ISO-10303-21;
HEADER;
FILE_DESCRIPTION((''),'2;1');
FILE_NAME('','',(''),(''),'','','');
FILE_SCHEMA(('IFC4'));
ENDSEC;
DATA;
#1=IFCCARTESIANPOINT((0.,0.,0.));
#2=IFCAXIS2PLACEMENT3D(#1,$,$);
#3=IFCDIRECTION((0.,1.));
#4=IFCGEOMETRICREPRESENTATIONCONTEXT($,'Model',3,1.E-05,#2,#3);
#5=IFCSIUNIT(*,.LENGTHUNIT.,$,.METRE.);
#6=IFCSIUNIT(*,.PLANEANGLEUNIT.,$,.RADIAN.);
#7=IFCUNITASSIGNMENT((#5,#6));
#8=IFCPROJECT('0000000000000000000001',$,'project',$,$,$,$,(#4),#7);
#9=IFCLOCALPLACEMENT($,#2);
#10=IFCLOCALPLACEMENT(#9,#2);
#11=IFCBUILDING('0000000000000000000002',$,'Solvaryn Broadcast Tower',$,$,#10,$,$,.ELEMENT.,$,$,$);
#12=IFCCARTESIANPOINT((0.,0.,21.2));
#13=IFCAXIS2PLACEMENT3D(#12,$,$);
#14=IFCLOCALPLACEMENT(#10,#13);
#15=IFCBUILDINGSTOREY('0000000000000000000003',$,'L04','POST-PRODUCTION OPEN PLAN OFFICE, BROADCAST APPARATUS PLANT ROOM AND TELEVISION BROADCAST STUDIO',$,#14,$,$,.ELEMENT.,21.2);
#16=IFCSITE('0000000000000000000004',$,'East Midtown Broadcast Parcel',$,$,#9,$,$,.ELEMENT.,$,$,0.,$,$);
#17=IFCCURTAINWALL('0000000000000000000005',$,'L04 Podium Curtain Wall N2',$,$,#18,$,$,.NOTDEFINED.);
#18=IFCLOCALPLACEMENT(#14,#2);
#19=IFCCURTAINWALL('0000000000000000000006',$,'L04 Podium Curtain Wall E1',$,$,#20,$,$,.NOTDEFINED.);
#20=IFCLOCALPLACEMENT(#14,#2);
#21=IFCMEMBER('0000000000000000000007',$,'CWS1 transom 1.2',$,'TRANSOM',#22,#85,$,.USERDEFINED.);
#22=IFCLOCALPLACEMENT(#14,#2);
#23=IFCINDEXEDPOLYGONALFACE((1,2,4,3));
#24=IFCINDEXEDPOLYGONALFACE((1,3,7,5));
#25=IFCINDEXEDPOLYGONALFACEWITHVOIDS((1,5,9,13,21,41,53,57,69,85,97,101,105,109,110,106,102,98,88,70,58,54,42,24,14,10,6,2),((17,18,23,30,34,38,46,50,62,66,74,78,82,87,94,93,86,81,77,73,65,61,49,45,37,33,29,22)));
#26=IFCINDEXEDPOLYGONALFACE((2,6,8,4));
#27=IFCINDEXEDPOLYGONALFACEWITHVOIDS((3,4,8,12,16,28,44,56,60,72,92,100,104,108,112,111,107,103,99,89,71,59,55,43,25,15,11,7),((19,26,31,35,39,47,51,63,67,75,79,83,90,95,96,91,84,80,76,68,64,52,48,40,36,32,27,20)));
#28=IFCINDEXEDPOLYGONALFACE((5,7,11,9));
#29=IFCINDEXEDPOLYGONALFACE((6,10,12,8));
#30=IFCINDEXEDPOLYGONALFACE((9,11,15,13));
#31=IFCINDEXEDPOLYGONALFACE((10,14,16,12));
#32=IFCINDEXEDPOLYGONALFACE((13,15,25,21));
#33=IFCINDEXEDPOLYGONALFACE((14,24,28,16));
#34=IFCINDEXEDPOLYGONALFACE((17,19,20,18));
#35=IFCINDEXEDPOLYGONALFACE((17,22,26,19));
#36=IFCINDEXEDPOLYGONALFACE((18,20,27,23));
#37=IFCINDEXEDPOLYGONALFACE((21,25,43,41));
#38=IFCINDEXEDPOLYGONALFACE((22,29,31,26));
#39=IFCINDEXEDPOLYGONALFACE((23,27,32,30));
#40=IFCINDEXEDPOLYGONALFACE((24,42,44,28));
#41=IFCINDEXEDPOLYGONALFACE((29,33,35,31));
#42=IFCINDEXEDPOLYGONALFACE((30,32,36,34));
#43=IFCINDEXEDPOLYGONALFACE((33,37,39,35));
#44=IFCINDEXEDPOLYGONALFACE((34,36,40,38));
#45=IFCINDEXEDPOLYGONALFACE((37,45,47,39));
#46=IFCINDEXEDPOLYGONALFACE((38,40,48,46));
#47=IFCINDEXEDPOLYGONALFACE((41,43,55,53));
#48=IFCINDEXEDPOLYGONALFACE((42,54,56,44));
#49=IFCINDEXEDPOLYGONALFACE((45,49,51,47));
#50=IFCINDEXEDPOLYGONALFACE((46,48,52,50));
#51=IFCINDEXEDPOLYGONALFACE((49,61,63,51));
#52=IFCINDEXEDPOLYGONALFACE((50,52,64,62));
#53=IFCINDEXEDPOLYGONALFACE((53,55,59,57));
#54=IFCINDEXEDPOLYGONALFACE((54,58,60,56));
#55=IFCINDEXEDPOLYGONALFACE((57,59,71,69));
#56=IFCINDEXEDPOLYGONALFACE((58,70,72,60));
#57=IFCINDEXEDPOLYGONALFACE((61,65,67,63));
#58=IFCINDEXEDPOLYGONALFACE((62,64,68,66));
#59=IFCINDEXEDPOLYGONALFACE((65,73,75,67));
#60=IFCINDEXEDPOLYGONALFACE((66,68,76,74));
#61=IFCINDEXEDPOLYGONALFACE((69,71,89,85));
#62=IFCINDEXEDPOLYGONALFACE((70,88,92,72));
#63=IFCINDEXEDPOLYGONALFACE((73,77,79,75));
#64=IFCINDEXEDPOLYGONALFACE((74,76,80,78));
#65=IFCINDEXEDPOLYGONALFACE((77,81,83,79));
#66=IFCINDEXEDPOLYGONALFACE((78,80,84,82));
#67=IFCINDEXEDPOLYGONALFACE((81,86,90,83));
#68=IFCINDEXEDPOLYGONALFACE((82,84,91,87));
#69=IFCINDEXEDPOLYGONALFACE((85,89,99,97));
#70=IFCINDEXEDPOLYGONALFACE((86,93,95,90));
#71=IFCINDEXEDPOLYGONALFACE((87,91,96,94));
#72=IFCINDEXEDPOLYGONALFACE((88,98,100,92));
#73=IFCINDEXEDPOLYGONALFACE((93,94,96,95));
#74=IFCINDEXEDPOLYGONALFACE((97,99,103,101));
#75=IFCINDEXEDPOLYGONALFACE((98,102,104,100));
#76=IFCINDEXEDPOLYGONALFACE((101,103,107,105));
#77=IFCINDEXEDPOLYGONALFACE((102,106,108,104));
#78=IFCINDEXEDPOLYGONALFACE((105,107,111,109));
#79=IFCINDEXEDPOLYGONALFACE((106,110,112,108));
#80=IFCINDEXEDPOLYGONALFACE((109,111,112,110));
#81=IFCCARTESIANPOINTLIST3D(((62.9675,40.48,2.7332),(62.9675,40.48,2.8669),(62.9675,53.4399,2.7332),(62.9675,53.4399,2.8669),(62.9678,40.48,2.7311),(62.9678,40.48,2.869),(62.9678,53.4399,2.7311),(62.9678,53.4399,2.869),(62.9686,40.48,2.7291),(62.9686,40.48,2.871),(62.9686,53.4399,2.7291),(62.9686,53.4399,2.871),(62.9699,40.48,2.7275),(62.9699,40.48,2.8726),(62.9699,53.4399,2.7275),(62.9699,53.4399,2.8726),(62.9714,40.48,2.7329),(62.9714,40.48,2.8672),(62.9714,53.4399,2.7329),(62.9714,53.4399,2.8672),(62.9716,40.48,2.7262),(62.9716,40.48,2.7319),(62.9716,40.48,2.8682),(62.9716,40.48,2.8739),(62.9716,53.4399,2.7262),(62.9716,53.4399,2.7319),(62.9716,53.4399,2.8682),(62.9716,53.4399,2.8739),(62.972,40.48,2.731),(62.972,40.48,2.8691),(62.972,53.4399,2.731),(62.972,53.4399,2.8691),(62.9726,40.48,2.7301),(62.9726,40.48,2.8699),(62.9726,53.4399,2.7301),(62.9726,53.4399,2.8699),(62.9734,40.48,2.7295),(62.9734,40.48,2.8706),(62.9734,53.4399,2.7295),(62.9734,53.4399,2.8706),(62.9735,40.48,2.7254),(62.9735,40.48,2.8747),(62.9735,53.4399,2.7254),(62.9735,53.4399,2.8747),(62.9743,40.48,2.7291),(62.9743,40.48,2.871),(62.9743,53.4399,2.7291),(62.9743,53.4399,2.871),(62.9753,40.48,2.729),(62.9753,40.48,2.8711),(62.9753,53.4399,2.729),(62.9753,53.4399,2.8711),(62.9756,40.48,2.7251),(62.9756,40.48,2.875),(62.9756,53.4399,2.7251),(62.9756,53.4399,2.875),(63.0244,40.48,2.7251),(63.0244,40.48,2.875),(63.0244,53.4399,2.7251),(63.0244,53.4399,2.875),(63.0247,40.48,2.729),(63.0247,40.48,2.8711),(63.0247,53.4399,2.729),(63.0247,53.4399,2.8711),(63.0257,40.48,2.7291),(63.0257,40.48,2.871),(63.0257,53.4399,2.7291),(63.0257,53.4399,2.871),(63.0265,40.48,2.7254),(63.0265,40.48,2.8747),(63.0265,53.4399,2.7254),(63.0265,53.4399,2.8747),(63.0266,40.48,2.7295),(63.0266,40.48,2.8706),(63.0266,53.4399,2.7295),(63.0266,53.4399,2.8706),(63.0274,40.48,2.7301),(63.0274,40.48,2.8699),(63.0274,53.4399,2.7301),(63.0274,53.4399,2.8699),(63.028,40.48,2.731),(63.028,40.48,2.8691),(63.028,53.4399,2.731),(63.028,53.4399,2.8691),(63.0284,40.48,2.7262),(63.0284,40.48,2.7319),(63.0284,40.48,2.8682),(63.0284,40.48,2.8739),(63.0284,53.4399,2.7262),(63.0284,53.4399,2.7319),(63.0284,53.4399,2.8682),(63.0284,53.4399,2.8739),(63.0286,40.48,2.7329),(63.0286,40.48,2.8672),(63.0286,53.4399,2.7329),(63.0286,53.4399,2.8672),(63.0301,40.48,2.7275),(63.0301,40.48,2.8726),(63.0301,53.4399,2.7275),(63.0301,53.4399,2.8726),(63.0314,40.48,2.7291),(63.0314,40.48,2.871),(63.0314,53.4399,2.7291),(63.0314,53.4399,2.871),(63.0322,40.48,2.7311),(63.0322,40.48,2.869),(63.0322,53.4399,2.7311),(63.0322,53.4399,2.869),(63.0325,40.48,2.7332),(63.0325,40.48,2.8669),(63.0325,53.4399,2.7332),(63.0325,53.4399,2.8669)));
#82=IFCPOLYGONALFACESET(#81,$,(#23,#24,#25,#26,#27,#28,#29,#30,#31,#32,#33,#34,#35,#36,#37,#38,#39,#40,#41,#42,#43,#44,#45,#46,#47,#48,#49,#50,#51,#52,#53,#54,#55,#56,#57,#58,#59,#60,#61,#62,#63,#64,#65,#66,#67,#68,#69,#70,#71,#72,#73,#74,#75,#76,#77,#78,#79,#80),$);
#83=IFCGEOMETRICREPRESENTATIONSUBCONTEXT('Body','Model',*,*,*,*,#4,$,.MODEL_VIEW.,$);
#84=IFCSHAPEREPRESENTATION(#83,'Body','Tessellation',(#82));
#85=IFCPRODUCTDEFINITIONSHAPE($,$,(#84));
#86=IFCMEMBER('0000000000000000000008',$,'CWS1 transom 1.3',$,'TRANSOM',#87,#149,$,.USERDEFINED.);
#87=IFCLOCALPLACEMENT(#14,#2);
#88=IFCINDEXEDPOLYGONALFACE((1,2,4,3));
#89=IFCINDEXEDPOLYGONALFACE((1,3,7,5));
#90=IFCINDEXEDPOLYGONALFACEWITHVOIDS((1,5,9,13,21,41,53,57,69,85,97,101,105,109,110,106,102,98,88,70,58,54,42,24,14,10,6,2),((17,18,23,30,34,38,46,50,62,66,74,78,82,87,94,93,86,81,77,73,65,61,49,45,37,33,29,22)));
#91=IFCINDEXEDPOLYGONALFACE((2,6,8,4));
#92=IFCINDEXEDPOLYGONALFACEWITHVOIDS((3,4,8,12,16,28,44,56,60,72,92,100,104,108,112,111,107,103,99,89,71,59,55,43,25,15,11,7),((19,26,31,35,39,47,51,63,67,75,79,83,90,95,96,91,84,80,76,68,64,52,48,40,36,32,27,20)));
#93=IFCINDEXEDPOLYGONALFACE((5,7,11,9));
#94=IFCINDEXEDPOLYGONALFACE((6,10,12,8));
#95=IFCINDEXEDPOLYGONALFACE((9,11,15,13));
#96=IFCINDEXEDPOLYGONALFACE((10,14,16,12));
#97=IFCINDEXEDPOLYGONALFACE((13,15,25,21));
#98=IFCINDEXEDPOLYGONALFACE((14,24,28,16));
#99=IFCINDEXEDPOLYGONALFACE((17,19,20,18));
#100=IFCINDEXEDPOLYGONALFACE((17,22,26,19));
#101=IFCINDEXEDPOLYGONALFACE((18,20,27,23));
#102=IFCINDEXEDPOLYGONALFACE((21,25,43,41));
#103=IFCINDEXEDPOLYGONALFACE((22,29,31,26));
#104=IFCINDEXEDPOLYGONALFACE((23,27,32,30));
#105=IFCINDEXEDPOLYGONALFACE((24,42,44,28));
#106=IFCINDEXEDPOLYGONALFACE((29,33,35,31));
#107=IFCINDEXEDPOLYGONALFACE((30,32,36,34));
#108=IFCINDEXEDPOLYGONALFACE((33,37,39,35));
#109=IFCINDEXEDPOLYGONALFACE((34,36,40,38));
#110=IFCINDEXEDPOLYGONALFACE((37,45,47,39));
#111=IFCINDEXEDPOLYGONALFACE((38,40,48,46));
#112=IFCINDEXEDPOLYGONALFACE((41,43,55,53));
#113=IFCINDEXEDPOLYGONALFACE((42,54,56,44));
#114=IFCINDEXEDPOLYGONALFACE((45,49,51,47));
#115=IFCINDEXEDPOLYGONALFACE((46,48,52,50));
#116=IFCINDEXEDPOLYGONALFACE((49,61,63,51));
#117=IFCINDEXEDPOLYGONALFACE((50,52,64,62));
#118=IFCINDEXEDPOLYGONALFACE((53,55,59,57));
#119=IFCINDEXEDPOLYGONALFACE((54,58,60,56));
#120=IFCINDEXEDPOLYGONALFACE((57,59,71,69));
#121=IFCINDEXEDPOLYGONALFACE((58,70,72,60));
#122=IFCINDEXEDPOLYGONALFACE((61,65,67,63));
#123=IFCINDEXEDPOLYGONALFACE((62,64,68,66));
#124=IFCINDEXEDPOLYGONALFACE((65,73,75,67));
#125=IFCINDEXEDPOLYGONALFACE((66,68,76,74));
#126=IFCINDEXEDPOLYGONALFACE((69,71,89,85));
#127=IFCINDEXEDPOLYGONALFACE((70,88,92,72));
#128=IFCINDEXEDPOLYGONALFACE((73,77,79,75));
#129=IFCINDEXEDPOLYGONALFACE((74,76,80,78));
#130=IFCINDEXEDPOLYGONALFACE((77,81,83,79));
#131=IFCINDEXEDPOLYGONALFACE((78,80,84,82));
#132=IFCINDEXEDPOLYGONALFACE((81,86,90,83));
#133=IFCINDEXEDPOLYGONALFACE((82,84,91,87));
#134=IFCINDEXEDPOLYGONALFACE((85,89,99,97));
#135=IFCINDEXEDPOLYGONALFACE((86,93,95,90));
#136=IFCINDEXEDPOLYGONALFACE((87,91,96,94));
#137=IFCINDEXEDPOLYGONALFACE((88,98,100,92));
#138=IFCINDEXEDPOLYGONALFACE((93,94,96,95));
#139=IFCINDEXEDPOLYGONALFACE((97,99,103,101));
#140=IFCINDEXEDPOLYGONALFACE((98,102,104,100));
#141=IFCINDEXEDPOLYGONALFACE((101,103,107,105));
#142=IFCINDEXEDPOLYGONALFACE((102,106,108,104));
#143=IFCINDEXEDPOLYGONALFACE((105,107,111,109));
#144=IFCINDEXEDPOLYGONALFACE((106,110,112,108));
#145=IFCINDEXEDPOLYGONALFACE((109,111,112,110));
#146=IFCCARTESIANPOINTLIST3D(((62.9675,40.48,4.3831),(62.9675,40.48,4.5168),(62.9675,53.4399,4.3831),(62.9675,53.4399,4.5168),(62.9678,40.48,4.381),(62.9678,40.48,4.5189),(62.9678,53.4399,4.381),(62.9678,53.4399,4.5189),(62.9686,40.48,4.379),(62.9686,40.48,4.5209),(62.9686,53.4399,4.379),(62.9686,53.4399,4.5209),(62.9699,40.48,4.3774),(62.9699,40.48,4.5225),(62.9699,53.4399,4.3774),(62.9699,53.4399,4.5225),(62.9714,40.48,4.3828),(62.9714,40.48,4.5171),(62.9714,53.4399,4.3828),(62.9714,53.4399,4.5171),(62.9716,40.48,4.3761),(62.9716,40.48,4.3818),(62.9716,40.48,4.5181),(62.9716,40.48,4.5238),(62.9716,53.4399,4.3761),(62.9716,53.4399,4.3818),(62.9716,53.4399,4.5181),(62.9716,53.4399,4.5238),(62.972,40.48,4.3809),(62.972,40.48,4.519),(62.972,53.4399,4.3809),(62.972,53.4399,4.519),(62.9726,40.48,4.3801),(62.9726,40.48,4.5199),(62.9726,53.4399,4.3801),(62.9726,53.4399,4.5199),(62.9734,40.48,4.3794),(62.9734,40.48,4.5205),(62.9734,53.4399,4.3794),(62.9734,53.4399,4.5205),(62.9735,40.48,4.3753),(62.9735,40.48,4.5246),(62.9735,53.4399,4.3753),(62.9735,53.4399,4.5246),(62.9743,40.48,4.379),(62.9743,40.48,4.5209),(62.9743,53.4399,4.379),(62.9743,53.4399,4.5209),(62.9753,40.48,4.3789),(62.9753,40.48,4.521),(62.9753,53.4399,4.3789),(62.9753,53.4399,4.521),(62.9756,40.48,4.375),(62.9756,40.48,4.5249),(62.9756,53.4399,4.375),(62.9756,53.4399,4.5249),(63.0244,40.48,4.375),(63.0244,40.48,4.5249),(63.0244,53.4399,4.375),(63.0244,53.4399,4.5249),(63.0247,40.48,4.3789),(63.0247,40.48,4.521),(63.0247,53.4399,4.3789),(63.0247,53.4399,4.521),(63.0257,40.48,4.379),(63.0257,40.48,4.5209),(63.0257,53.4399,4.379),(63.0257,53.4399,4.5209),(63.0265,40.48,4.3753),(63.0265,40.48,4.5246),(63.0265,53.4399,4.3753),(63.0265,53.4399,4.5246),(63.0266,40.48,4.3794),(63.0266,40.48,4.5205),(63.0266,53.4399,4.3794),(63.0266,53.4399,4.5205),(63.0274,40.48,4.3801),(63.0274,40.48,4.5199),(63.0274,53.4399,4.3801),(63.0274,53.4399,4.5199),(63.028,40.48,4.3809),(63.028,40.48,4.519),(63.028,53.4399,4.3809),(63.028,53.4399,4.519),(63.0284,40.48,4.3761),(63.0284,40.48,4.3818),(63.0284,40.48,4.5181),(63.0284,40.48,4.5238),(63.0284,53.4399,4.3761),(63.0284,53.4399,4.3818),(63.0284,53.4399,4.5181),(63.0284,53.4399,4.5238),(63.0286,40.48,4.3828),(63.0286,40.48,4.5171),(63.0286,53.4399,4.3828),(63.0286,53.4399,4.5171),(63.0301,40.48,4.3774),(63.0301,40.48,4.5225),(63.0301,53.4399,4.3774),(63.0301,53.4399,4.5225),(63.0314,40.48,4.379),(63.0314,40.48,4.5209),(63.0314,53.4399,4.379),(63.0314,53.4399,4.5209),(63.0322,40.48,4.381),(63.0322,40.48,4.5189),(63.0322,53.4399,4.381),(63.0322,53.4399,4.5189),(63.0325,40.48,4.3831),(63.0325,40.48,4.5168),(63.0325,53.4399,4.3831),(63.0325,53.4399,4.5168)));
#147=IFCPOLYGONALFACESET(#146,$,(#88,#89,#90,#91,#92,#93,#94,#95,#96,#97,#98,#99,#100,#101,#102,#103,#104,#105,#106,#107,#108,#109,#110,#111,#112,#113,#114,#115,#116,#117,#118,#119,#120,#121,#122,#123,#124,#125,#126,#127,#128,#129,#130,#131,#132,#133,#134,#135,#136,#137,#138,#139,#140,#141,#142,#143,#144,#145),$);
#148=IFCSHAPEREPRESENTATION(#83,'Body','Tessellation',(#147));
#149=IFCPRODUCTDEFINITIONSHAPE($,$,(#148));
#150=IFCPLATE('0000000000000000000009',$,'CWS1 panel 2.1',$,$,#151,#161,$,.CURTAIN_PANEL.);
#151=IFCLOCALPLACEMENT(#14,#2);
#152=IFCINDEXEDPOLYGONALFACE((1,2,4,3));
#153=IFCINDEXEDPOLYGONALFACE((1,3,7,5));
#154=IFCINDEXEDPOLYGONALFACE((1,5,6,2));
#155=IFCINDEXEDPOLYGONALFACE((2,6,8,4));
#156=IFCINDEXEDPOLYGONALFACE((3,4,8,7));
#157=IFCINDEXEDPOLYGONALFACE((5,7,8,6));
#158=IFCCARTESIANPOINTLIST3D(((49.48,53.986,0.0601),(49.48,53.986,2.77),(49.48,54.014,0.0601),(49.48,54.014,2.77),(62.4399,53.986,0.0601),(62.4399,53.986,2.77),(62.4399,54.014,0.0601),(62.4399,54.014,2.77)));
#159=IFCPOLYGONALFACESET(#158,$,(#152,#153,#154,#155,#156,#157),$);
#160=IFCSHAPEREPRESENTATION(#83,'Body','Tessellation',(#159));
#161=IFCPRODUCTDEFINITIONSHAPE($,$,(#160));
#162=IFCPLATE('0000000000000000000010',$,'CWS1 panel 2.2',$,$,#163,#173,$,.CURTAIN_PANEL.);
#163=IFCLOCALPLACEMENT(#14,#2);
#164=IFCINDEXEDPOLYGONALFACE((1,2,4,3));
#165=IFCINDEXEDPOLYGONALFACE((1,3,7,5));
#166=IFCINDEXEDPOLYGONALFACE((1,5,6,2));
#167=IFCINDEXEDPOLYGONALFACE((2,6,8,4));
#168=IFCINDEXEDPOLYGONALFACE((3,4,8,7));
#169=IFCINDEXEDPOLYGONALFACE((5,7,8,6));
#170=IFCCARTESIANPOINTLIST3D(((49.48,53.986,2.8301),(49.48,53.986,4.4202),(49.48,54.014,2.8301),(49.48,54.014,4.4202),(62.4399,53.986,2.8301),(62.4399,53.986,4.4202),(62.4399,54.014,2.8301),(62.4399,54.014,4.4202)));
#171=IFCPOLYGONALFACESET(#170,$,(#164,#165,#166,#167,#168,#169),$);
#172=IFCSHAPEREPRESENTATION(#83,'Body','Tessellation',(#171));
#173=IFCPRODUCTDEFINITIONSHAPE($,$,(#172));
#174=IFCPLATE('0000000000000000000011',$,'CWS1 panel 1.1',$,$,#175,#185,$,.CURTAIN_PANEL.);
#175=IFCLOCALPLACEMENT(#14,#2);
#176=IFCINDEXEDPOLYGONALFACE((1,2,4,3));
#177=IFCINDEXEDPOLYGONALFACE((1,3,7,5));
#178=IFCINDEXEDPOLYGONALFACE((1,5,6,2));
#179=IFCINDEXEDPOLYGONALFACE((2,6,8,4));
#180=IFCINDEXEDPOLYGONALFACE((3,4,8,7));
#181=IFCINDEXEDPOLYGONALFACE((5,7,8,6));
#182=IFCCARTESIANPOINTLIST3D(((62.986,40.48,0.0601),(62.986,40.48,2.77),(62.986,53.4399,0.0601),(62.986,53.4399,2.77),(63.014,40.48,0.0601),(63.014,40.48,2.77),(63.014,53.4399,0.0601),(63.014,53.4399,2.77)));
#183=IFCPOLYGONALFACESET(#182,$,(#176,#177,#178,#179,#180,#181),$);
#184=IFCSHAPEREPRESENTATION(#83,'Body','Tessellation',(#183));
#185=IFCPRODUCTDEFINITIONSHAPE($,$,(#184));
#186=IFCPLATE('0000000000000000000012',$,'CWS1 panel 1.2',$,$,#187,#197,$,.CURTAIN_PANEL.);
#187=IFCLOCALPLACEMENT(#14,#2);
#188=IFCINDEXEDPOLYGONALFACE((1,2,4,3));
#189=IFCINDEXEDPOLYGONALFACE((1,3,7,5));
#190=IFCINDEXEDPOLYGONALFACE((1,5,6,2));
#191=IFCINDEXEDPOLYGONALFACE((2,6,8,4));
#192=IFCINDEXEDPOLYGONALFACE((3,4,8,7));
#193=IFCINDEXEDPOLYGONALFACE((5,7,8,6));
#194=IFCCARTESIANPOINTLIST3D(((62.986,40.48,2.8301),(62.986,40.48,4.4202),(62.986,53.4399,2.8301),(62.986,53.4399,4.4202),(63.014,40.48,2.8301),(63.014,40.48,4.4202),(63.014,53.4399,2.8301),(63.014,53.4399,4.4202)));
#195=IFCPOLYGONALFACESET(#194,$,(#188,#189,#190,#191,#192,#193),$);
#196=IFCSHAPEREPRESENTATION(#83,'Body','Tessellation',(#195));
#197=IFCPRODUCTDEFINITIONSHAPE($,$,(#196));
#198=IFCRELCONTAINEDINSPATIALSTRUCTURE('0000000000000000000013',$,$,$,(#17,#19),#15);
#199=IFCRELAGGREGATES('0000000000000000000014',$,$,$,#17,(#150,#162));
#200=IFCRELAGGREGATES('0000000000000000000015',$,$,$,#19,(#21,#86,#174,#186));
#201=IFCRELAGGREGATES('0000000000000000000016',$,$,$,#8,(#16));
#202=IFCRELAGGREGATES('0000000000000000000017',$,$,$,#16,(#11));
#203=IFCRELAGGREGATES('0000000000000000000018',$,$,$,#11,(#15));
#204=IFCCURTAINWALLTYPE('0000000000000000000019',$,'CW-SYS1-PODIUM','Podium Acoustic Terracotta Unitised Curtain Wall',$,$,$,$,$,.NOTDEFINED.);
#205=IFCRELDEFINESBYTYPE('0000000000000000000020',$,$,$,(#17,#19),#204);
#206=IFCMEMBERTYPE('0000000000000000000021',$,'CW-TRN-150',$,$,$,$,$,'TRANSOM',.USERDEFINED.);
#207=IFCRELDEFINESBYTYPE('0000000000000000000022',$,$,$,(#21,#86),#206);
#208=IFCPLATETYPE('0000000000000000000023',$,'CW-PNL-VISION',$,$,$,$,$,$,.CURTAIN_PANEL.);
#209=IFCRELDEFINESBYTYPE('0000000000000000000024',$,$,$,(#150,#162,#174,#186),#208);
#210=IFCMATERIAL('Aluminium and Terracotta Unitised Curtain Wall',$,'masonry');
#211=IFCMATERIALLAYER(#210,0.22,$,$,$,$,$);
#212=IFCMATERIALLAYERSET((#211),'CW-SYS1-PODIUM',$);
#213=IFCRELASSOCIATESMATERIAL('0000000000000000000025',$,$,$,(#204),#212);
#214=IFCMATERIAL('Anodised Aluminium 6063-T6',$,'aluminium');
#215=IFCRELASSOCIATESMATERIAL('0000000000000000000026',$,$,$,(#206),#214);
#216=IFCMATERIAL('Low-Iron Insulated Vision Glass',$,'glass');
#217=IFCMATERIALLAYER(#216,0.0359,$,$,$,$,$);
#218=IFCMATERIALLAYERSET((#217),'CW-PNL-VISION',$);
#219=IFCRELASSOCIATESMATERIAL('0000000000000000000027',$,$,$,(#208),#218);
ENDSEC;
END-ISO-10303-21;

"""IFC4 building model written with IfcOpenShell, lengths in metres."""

from ifc_helpers import new_model, si_unit, direction, frame, origin, origin_2d, place, context, subcontext, project, spatial, rectangle, hollow_rectangle, extrude, material, layer, layer_set, material_profile, profile_set, type_object, element, aggregate, save


model = new_model("IFC4")

# Units and contexts
model_context = context("Model", 3, precision=1e-05, world=origin(), true_north=direction((0.0, 1.0)))
body_context = subcontext(model_context, "Body", "Model", "MODEL_VIEW")
ifc_project = project(units=[si_unit("LENGTHUNIT", "METRE"), si_unit("PLANEANGLEUNIT", "RADIAN")], contexts=[model_context])

# Site, building, storey
site_placement = place(None, origin())
site = spatial("IfcSite", under=ifc_project, at=site_placement, Name="East Midtown Broadcast Parcel", CompositionType="ELEMENT", RefElevation=0.0)
building_placement = place(site_placement, origin())
building = spatial("IfcBuilding", under=site, at=building_placement, Name="Solvaryn Broadcast Tower", CompositionType="ELEMENT")
storey_placement = place(building_placement, frame((0.0, 0.0, 21.2)))
storey = spatial("IfcBuildingStorey", under=building, at=storey_placement, Name="L04", Description="POST-PRODUCTION OPEN PLAN OFFICE, BROADCAST APPARATUS PLANT ROOM AND TELEVISION BROADCAST STUDIO", CompositionType="ELEMENT", Elevation=21.2)

# Curtain walls
ifc_material_1 = material(Name="Aluminium and Terracotta Unitised Curtain Wall", Category="masonry")
ifc_layer_1 = layer(ifc_material_1, 0.22)
ifc_layer_set_1 = layer_set([ifc_layer_1], Name="CW-SYS1-PODIUM")
curtain_wall_type = type_object("IfcCurtainWallType", Name="CW-SYS1-PODIUM", Description="Podium Acoustic Terracotta Unitised Curtain Wall", PredefinedType="NOTDEFINED", material=ifc_layer_set_1)
curtain_wall_1_placement = place(storey_placement, origin())
curtain_wall_1 = element("IfcCurtainWall", 1, at=curtain_wall_1_placement, inside=storey, type_object=curtain_wall_type, Name="L04 Podium Curtain Wall N2", PredefinedType="NOTDEFINED")
curtain_wall_2_placement = place(storey_placement, origin())
curtain_wall_2 = element("IfcCurtainWall", 2, at=curtain_wall_2_placement, inside=storey, type_object=curtain_wall_type, Name="L04 Podium Curtain Wall E1", PredefinedType="NOTDEFINED")

# Members
ifc_material_2 = material(Name="Anodised Aluminium 6063-T6", Category="aluminium")
ifc_material_profile_1 = material_profile(ifc_material_2, hollow_rectangle(XDim=0.0649, YDim=0.1499, WallThickness=0.0039, InnerFilletRadius=0.0039, OuterFilletRadius=0.0081, at=origin_2d()))
ifc_profile_set_1 = profile_set([ifc_material_profile_1], Name="Anodised Aluminium 6063-T6")
member_type_1 = type_object("IfcMemberType", Name="CW-TRN-150", ElementType="TRANSOM", PredefinedType="USERDEFINED", material=ifc_profile_set_1)
member_1_placement = place(storey_placement, frame((63.0, 53.4399, 2.8), z_axis=(0.0, -1.0, 0.0), x_axis=(1.0, 0.0, 0.0)))
member_1 = element("IfcMember", 3, at=member_1_placement, type_object=member_type_1, Name="CWS1 transom 1.2", ObjectType="TRANSOM", PredefinedType="USERDEFINED", context=body_context, shape_type="SweptSolid", body=[
    extrude(hollow_rectangle(XDim=0.0649, YDim=0.1499, WallThickness=0.0039, InnerFilletRadius=0.0039, OuterFilletRadius=0.0081, at=origin_2d()), origin(), (0.0, 0.0, 1.0), 12.96),
])
member_2_placement = place(storey_placement, frame((63.0, 53.4399, 4.45), z_axis=(0.0, -1.0, 0.0), x_axis=(1.0, 0.0, 0.0)))
member_2 = element("IfcMember", 4, at=member_2_placement, type_object=member_type_1, Name="CWS1 transom 1.3", ObjectType="TRANSOM", PredefinedType="USERDEFINED", context=body_context, shape_type="SweptSolid", body=[
    extrude(hollow_rectangle(XDim=0.0649, YDim=0.1499, WallThickness=0.0039, InnerFilletRadius=0.0039, OuterFilletRadius=0.0081, at=origin_2d()), origin(), (0.0, 0.0, 1.0), 12.96),
])

# Plates
ifc_material_3 = material(Name="Low-Iron Insulated Vision Glass", Category="glass")
ifc_layer_2 = layer(ifc_material_3, 0.0359)
ifc_layer_set_2 = layer_set([ifc_layer_2], Name="CW-PNL-VISION")
plate_type = type_object("IfcPlateType", Name="CW-PNL-VISION", PredefinedType="CURTAIN_PANEL", material=ifc_layer_set_2)
plate_1_placement = place(storey_placement, frame((55.96, 54.0, 0.0601), z_axis=(0.0, 0.0, 1.0), x_axis=(1.0, 0.0, 0.0)))
plate_1 = element("IfcPlate", 5, at=plate_1_placement, type_object=plate_type, Name="CWS1 panel 2.1", PredefinedType="CURTAIN_PANEL", context=body_context, shape_type="SweptSolid", body=[
    extrude(rectangle(XDim=12.96, YDim=0.0281, at=origin_2d()), origin(), (0.0, 0.0, 1.0), 2.71),
])
plate_2_placement = place(storey_placement, frame((55.96, 54.0, 2.8301), z_axis=(0.0, 0.0, 1.0), x_axis=(1.0, 0.0, 0.0)))
plate_2 = element("IfcPlate", 6, at=plate_2_placement, type_object=plate_type, Name="CWS1 panel 2.2", PredefinedType="CURTAIN_PANEL", context=body_context, shape_type="SweptSolid", body=[
    extrude(rectangle(XDim=12.96, YDim=0.0281, at=origin_2d()), origin(), (0.0, 0.0, 1.0), 1.5901),
])
aggregate(curtain_wall_1, [plate_1, plate_2])
plate_3_placement = place(storey_placement, frame((63.0, 46.96, 0.0601), z_axis=(0.0, 0.0, 1.0), x_axis=(0.0, -1.0, 0.0)))
plate_3 = element("IfcPlate", 7, at=plate_3_placement, type_object=plate_type, Name="CWS1 panel 1.1", PredefinedType="CURTAIN_PANEL", context=body_context, shape_type="SweptSolid", body=[
    extrude(rectangle(XDim=12.96, YDim=0.0281, at=origin_2d()), origin(), (0.0, 0.0, 1.0), 2.71),
])
plate_4_placement = place(storey_placement, frame((63.0, 46.96, 2.8301), z_axis=(0.0, 0.0, 1.0), x_axis=(0.0, -1.0, 0.0)))
plate_4 = element("IfcPlate", 8, at=plate_4_placement, type_object=plate_type, Name="CWS1 panel 1.2", PredefinedType="CURTAIN_PANEL", context=body_context, shape_type="SweptSolid", body=[
    extrude(rectangle(XDim=12.96, YDim=0.0281, at=origin_2d()), origin(), (0.0, 0.0, 1.0), 1.5901),
])
aggregate(curtain_wall_2, [member_1, member_2, plate_3, plate_4])

save(model, "model.ifc")
